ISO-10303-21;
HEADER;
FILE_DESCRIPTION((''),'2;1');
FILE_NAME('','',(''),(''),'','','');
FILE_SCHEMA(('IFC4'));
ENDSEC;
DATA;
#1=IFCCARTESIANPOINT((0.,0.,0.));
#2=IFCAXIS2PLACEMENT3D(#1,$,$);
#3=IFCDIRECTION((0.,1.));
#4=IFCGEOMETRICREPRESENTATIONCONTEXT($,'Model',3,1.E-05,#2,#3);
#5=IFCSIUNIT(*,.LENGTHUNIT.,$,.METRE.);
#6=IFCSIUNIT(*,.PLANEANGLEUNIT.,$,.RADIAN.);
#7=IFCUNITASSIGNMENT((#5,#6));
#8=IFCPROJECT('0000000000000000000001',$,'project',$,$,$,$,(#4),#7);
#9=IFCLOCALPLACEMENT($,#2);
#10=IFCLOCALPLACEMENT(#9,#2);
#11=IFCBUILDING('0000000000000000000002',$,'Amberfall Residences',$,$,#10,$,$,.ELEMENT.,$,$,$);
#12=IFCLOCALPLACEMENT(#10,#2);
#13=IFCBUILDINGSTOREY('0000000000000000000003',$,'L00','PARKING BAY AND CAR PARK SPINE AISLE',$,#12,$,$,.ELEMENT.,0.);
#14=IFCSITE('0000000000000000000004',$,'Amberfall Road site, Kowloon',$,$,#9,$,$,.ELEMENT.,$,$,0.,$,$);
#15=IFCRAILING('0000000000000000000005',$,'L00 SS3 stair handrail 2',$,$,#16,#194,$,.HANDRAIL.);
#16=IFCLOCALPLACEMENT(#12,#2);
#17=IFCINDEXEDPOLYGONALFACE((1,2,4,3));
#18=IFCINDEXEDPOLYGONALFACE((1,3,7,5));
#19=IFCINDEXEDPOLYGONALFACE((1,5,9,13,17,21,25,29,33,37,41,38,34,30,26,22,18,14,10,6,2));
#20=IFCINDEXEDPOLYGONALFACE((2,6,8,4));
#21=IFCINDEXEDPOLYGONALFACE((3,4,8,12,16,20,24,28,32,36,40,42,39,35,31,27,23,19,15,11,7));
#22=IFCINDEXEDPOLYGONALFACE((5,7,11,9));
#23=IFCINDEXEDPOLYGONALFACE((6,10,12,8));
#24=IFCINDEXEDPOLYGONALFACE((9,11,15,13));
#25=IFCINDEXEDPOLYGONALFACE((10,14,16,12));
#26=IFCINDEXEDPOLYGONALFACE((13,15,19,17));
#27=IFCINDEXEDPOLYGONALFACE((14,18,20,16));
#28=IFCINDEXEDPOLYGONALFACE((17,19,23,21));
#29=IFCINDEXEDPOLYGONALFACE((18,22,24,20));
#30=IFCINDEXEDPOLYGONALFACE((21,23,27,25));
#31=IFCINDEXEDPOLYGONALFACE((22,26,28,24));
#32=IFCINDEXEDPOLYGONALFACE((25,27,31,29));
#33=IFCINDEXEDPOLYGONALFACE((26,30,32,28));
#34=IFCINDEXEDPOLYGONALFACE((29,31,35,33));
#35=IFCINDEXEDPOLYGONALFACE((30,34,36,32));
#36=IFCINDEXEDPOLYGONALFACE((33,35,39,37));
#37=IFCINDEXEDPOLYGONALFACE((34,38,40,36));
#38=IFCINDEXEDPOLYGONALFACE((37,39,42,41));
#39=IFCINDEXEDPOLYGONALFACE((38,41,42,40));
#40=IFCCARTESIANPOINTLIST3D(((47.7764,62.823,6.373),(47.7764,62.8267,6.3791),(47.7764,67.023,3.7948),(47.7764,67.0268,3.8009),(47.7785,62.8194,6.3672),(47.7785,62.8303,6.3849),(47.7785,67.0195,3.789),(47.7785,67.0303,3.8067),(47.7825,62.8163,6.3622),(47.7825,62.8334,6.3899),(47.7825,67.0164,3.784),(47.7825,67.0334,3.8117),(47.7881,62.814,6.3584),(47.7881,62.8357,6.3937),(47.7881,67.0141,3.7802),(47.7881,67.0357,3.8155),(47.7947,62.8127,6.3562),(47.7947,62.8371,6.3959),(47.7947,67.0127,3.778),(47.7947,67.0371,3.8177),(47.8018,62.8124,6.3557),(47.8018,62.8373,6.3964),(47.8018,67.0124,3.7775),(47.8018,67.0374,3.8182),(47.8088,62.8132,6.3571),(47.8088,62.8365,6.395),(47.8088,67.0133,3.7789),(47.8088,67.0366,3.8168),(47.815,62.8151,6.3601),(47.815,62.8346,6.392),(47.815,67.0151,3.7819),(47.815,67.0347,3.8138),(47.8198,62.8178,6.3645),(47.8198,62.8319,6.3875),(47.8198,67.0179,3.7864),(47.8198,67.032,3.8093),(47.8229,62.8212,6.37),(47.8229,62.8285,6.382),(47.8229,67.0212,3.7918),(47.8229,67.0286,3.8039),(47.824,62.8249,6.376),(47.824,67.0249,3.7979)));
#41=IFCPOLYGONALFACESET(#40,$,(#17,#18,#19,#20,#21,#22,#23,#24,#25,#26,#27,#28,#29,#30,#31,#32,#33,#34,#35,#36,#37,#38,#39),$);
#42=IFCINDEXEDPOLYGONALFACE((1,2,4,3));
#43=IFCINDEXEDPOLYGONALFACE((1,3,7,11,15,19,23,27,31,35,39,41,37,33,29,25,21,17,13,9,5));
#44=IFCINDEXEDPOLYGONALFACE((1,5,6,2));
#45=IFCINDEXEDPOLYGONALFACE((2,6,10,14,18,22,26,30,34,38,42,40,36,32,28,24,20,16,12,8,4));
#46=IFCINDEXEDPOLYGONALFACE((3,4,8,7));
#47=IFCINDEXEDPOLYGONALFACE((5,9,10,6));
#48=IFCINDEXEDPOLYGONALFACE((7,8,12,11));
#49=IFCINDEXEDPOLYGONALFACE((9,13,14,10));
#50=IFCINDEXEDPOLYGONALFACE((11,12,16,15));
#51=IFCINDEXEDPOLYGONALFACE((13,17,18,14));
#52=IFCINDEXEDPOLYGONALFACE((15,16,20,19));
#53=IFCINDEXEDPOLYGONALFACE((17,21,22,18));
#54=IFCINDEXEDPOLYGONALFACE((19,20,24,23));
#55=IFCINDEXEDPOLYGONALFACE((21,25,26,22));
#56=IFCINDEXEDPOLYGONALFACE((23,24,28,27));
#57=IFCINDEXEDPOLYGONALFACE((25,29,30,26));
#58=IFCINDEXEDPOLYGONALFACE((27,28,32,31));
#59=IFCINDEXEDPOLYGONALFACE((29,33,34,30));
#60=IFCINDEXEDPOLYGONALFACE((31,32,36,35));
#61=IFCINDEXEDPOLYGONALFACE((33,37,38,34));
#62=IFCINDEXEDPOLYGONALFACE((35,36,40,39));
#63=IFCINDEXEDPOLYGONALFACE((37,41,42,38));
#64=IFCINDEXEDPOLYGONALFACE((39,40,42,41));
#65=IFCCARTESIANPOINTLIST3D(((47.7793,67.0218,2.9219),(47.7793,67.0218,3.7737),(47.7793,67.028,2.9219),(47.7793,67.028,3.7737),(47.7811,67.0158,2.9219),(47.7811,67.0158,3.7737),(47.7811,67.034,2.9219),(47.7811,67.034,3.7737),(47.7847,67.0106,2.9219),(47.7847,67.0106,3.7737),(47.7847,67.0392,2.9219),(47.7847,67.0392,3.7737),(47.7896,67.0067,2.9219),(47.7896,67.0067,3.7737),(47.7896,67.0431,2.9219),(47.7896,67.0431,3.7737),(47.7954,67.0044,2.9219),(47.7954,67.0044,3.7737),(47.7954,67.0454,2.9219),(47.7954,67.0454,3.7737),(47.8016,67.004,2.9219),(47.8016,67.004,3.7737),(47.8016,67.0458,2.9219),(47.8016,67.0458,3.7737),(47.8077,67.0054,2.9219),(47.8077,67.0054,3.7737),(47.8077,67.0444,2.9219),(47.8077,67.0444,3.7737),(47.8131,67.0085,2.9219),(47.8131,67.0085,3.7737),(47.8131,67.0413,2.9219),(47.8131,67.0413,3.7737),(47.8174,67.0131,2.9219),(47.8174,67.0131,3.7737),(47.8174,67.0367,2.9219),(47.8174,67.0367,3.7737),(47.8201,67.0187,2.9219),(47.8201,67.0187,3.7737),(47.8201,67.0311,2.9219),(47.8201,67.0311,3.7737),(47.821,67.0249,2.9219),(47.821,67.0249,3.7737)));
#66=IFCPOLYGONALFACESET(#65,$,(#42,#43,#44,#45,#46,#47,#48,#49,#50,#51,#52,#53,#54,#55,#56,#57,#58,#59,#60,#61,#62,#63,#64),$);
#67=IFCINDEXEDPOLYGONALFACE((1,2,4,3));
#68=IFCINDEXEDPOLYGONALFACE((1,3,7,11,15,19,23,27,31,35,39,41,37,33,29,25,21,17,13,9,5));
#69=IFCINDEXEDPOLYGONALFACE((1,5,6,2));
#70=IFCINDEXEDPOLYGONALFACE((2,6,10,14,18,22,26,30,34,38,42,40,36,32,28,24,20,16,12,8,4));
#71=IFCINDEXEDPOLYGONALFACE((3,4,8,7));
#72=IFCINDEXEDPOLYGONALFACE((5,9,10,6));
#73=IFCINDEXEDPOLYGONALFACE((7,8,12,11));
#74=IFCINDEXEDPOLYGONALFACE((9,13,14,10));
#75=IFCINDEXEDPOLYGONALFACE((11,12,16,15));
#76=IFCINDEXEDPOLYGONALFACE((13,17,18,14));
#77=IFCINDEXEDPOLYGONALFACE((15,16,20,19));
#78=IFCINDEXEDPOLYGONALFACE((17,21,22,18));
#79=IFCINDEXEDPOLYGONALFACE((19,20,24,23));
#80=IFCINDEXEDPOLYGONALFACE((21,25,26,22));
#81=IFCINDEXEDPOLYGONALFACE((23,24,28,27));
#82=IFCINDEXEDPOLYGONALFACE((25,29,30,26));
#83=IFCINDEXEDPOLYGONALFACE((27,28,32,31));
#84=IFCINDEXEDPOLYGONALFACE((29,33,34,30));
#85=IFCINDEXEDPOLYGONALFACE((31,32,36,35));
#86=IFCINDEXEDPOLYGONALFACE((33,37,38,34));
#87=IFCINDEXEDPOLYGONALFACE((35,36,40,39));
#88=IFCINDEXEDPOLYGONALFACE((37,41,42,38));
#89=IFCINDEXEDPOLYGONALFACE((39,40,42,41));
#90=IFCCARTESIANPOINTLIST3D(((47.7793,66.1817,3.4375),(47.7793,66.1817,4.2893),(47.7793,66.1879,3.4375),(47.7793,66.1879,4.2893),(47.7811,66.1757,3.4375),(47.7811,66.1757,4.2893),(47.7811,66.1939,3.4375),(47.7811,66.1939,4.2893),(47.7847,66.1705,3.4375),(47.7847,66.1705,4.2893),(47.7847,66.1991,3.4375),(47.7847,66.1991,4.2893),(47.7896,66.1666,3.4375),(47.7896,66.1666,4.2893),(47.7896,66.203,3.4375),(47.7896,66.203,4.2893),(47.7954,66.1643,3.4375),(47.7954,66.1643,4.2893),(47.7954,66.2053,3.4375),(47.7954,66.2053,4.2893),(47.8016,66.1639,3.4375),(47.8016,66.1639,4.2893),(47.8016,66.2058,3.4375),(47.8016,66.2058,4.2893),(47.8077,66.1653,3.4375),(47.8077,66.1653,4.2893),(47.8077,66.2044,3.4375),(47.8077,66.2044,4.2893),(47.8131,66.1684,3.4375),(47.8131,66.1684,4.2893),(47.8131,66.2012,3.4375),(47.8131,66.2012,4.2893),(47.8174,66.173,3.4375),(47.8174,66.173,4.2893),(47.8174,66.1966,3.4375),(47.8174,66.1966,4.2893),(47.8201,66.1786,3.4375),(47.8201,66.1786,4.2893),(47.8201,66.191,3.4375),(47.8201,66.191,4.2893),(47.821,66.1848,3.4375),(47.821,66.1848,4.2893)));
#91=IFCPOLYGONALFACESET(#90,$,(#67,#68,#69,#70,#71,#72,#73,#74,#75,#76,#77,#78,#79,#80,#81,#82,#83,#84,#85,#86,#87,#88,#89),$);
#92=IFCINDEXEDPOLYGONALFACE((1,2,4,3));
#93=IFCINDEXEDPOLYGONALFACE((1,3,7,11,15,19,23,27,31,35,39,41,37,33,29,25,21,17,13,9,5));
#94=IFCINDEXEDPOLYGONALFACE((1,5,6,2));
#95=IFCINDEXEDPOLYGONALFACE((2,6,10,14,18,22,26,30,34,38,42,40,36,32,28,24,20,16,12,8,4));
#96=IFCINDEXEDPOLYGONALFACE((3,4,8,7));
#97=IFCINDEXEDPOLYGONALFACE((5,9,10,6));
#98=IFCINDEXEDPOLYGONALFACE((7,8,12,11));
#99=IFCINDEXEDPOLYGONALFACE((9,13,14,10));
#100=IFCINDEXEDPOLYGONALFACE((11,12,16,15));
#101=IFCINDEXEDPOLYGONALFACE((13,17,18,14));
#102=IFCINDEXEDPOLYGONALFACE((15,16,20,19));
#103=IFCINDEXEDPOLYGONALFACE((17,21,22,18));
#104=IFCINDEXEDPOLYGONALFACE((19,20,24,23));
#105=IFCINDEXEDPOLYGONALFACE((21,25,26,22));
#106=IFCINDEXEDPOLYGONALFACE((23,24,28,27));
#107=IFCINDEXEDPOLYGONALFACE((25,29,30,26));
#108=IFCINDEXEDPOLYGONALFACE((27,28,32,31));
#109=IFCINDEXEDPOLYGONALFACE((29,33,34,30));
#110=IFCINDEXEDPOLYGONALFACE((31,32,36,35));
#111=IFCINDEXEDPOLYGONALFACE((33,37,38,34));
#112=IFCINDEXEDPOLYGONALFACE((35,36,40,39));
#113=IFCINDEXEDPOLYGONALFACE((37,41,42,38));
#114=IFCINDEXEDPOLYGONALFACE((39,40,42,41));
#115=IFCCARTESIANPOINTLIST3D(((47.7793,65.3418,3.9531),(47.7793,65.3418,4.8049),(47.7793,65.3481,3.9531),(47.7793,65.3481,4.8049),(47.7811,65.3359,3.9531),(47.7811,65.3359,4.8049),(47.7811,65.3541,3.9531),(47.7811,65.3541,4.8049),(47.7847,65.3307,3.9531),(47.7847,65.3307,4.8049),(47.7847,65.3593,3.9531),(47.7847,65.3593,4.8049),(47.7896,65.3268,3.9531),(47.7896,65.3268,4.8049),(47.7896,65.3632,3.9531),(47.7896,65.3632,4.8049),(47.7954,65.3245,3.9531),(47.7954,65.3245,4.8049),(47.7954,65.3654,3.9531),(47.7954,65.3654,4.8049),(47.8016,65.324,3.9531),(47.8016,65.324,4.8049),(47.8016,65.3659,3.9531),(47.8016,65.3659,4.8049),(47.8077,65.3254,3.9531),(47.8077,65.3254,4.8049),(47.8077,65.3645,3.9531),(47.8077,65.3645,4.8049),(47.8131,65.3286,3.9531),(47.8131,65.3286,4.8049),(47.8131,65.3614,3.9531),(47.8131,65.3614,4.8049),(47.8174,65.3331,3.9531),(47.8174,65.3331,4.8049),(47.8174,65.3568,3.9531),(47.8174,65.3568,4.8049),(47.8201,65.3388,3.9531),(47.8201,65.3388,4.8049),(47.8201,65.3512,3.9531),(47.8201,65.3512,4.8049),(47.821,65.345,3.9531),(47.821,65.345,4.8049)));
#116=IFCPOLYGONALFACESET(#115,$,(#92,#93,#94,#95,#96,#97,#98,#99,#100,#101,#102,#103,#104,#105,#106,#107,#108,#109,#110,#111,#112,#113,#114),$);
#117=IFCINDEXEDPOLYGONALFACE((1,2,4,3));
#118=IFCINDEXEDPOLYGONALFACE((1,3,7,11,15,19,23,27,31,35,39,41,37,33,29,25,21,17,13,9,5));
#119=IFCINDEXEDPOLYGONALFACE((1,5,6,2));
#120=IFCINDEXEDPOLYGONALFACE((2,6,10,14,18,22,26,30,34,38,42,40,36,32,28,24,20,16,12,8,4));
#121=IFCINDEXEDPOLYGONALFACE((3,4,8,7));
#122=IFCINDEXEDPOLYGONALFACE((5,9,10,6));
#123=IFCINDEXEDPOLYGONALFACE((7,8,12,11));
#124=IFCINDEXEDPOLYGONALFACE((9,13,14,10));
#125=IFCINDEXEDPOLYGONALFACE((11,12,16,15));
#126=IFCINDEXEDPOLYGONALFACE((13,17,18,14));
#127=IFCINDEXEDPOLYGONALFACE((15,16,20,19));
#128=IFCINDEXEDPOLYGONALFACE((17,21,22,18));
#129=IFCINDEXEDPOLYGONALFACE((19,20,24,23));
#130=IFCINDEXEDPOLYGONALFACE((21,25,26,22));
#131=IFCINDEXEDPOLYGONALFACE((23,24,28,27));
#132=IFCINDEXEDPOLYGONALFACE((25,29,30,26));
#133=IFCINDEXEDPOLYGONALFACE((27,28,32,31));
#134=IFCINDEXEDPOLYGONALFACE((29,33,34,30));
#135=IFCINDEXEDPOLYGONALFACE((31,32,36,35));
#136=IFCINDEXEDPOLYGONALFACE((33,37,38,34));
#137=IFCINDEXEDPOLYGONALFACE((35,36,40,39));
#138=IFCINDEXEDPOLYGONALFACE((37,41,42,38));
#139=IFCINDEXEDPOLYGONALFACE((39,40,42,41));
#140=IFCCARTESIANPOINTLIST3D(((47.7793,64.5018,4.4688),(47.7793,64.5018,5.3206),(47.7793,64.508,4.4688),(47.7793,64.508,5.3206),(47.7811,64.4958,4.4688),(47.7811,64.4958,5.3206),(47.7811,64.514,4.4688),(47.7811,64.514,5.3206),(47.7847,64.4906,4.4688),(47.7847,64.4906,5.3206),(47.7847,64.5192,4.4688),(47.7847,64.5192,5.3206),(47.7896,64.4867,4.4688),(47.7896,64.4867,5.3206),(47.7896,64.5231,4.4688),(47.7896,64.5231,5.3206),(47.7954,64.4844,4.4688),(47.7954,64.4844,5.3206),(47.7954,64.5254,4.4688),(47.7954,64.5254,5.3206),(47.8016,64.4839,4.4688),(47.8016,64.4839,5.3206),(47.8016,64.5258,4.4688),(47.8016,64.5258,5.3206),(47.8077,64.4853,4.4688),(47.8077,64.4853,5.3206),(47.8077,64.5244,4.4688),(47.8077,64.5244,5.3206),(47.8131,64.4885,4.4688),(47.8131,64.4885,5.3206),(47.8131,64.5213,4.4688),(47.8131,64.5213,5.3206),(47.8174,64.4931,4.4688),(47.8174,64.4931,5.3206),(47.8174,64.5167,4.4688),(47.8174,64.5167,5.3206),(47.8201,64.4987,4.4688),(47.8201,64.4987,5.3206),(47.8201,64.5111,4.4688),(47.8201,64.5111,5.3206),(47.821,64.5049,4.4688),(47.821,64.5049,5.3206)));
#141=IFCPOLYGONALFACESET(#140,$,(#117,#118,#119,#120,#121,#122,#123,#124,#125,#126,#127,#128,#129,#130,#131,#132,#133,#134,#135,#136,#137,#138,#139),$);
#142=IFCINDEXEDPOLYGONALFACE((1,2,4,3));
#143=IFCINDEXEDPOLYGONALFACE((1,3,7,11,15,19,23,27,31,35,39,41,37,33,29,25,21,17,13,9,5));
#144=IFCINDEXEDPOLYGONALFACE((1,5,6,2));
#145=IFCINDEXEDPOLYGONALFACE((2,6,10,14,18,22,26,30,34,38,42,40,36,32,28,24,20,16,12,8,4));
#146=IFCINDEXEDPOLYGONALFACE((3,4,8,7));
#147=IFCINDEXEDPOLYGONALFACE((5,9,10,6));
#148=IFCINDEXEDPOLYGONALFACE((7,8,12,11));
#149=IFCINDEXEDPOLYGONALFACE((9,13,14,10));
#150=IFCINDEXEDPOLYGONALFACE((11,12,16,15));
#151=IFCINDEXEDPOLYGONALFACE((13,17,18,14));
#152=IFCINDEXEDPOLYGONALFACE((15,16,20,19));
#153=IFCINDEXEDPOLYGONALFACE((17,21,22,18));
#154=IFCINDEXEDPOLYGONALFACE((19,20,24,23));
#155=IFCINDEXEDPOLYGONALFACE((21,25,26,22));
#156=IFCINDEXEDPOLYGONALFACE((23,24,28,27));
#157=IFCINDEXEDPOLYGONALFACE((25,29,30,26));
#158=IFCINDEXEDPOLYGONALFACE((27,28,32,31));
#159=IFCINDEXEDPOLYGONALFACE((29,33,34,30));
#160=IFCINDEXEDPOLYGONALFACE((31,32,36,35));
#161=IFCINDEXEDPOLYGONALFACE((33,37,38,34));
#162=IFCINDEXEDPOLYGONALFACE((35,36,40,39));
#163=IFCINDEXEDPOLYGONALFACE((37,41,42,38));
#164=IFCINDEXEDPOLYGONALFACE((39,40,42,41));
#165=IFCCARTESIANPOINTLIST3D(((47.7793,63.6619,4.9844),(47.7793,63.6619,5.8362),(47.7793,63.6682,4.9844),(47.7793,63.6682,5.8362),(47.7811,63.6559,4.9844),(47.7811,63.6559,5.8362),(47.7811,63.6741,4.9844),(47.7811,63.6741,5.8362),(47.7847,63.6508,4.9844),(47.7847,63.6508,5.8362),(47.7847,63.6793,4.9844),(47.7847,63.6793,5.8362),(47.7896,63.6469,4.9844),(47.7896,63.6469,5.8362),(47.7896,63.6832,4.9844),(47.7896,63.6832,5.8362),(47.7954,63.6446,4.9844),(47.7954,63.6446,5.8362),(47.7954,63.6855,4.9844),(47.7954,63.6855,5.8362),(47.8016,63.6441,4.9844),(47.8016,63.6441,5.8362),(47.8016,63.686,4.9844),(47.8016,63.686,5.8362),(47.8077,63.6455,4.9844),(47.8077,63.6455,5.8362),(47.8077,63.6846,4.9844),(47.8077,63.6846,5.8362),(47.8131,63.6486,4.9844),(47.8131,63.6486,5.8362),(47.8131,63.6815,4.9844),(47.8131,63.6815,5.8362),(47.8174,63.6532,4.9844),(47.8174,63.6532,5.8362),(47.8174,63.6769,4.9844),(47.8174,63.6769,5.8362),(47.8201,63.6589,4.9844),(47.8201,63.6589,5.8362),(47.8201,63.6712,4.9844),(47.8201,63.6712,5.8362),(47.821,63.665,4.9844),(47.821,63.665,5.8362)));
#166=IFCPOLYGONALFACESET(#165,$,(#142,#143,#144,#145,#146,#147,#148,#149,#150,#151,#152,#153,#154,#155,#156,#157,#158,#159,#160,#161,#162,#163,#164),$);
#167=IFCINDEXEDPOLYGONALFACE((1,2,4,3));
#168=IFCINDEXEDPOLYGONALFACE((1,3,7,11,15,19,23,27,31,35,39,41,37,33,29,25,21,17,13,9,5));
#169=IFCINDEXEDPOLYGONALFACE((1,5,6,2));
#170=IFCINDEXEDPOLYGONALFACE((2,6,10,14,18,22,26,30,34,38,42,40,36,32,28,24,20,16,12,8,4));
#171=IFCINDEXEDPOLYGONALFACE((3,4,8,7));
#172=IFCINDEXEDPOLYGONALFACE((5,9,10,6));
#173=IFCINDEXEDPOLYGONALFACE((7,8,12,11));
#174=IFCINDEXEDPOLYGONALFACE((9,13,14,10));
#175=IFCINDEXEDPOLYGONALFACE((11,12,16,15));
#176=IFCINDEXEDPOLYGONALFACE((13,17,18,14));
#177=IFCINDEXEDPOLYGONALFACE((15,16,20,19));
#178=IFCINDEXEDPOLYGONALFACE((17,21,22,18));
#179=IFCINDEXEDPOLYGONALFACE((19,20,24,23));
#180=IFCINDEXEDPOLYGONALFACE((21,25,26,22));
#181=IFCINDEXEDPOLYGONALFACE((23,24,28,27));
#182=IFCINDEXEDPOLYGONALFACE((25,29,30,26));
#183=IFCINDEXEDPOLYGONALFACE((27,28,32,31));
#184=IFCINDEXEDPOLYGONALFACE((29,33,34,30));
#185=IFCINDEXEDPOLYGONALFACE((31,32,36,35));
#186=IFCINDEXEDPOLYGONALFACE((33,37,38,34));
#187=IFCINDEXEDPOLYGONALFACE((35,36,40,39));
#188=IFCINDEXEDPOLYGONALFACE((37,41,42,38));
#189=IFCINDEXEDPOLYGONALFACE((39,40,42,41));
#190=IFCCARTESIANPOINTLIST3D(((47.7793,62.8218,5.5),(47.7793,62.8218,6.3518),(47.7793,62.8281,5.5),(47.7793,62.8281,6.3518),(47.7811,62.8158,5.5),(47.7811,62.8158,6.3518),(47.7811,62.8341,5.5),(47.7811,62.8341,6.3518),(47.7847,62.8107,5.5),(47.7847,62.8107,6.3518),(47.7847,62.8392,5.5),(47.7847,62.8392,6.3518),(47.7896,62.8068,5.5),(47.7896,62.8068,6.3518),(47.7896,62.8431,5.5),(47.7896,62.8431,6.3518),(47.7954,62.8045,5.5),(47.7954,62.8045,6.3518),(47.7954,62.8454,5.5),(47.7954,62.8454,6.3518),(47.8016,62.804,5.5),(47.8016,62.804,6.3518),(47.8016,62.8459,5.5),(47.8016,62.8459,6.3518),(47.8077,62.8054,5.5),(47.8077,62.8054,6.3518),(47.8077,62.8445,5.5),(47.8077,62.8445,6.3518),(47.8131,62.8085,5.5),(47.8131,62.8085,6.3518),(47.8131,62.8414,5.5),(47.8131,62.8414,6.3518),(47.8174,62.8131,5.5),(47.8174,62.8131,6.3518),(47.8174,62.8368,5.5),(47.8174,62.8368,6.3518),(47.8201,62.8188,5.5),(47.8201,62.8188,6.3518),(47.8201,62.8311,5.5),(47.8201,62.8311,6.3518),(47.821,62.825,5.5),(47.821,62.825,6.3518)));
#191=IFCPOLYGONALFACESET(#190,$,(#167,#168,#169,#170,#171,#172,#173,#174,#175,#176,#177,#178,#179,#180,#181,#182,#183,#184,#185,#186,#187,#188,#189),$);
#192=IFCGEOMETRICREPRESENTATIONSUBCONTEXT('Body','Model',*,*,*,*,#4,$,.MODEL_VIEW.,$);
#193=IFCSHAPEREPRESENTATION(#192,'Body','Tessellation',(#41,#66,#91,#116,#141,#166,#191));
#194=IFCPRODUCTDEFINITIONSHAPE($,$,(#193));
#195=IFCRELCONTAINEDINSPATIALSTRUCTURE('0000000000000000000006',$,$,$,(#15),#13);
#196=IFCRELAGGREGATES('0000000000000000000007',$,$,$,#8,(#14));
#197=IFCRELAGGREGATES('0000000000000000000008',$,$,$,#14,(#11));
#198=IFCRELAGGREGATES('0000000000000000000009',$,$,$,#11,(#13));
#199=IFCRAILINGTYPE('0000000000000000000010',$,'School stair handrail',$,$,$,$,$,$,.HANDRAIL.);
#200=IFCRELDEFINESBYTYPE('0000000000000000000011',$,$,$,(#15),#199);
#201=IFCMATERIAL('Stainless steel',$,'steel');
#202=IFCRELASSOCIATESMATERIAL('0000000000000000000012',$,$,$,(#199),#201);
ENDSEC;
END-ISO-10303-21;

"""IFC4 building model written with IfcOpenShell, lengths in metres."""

from ifc_helpers import new_model, si_unit, direction, frame, origin, origin_2d, place, context, subcontext, project, spatial, circle, extrude, material, type_object, element, save


model = new_model("IFC4")

# Units and contexts
model_context = context("Model", 3, precision=1e-05, world=origin(), true_north=direction((0.0, 1.0)))
body_context = subcontext(model_context, "Body", "Model", "MODEL_VIEW")
ifc_project = project(units=[si_unit("LENGTHUNIT", "METRE"), si_unit("PLANEANGLEUNIT", "RADIAN")], contexts=[model_context])

# Site, building, storey
site_placement = place(None, origin())
site = spatial("IfcSite", under=ifc_project, at=site_placement, Name="Amberfall Road site, Kowloon", CompositionType="ELEMENT", RefElevation=0.0)
building_placement = place(site_placement, origin())
building = spatial("IfcBuilding", under=site, at=building_placement, Name="Amberfall Residences", CompositionType="ELEMENT")
storey_placement = place(building_placement, origin())
storey = spatial("IfcBuildingStorey", under=building, at=storey_placement, Name="L00", Description="PARKING BAY AND CAR PARK SPINE AISLE", CompositionType="ELEMENT", Elevation=0.0)

# Railing
ifc_material_1 = material(Name="Stainless steel", Category="steel")
railing_type_1 = type_object("IfcRailingType", Name="School stair handrail", PredefinedType="HANDRAIL", material=ifc_material_1)
railing_1_placement = place(storey_placement, frame((47.8, 67.0249, 2.9219)))
element("IfcRailing", 1, at=railing_1_placement, inside=storey, type_object=railing_type_1, Name="L00 SS3 stair handrail 2", PredefinedType="HANDRAIL", context=body_context, shape_type="SweptSolid", body=[
    extrude(circle(Radius=0.0239, at=origin_2d()), frame((0.0, 0.0, 0.876), z_axis=(0.0, -0.852243, 0.523146), x_axis=(1.0, 0.0, 0.0)), (0.0, 0.0, 1.0), 4.9282),
    extrude(circle(Radius=0.021, at=origin_2d()), origin(), (0.0, 0.0, 1.0), 0.8518),
    extrude(circle(Radius=0.021, at=origin_2d()), frame((0.0, -0.8401, 0.5156)), (0.0, 0.0, 1.0), 0.8518),
    extrude(circle(Radius=0.021, at=origin_2d()), frame((0.0, -1.6799, 1.0312)), (0.0, 0.0, 1.0), 0.8518),
    extrude(circle(Radius=0.021, at=origin_2d()), frame((0.0, -2.52, 1.5469)), (0.0, 0.0, 1.0), 0.8518),
    extrude(circle(Radius=0.021, at=origin_2d()), frame((0.0, -3.3599, 2.0625)), (0.0, 0.0, 1.0), 0.8518),
    extrude(circle(Radius=0.021, at=origin_2d()), frame((0.0, -4.2, 2.5781)), (0.0, 0.0, 1.0), 0.8518),
])

save(model, "model.ifc")
